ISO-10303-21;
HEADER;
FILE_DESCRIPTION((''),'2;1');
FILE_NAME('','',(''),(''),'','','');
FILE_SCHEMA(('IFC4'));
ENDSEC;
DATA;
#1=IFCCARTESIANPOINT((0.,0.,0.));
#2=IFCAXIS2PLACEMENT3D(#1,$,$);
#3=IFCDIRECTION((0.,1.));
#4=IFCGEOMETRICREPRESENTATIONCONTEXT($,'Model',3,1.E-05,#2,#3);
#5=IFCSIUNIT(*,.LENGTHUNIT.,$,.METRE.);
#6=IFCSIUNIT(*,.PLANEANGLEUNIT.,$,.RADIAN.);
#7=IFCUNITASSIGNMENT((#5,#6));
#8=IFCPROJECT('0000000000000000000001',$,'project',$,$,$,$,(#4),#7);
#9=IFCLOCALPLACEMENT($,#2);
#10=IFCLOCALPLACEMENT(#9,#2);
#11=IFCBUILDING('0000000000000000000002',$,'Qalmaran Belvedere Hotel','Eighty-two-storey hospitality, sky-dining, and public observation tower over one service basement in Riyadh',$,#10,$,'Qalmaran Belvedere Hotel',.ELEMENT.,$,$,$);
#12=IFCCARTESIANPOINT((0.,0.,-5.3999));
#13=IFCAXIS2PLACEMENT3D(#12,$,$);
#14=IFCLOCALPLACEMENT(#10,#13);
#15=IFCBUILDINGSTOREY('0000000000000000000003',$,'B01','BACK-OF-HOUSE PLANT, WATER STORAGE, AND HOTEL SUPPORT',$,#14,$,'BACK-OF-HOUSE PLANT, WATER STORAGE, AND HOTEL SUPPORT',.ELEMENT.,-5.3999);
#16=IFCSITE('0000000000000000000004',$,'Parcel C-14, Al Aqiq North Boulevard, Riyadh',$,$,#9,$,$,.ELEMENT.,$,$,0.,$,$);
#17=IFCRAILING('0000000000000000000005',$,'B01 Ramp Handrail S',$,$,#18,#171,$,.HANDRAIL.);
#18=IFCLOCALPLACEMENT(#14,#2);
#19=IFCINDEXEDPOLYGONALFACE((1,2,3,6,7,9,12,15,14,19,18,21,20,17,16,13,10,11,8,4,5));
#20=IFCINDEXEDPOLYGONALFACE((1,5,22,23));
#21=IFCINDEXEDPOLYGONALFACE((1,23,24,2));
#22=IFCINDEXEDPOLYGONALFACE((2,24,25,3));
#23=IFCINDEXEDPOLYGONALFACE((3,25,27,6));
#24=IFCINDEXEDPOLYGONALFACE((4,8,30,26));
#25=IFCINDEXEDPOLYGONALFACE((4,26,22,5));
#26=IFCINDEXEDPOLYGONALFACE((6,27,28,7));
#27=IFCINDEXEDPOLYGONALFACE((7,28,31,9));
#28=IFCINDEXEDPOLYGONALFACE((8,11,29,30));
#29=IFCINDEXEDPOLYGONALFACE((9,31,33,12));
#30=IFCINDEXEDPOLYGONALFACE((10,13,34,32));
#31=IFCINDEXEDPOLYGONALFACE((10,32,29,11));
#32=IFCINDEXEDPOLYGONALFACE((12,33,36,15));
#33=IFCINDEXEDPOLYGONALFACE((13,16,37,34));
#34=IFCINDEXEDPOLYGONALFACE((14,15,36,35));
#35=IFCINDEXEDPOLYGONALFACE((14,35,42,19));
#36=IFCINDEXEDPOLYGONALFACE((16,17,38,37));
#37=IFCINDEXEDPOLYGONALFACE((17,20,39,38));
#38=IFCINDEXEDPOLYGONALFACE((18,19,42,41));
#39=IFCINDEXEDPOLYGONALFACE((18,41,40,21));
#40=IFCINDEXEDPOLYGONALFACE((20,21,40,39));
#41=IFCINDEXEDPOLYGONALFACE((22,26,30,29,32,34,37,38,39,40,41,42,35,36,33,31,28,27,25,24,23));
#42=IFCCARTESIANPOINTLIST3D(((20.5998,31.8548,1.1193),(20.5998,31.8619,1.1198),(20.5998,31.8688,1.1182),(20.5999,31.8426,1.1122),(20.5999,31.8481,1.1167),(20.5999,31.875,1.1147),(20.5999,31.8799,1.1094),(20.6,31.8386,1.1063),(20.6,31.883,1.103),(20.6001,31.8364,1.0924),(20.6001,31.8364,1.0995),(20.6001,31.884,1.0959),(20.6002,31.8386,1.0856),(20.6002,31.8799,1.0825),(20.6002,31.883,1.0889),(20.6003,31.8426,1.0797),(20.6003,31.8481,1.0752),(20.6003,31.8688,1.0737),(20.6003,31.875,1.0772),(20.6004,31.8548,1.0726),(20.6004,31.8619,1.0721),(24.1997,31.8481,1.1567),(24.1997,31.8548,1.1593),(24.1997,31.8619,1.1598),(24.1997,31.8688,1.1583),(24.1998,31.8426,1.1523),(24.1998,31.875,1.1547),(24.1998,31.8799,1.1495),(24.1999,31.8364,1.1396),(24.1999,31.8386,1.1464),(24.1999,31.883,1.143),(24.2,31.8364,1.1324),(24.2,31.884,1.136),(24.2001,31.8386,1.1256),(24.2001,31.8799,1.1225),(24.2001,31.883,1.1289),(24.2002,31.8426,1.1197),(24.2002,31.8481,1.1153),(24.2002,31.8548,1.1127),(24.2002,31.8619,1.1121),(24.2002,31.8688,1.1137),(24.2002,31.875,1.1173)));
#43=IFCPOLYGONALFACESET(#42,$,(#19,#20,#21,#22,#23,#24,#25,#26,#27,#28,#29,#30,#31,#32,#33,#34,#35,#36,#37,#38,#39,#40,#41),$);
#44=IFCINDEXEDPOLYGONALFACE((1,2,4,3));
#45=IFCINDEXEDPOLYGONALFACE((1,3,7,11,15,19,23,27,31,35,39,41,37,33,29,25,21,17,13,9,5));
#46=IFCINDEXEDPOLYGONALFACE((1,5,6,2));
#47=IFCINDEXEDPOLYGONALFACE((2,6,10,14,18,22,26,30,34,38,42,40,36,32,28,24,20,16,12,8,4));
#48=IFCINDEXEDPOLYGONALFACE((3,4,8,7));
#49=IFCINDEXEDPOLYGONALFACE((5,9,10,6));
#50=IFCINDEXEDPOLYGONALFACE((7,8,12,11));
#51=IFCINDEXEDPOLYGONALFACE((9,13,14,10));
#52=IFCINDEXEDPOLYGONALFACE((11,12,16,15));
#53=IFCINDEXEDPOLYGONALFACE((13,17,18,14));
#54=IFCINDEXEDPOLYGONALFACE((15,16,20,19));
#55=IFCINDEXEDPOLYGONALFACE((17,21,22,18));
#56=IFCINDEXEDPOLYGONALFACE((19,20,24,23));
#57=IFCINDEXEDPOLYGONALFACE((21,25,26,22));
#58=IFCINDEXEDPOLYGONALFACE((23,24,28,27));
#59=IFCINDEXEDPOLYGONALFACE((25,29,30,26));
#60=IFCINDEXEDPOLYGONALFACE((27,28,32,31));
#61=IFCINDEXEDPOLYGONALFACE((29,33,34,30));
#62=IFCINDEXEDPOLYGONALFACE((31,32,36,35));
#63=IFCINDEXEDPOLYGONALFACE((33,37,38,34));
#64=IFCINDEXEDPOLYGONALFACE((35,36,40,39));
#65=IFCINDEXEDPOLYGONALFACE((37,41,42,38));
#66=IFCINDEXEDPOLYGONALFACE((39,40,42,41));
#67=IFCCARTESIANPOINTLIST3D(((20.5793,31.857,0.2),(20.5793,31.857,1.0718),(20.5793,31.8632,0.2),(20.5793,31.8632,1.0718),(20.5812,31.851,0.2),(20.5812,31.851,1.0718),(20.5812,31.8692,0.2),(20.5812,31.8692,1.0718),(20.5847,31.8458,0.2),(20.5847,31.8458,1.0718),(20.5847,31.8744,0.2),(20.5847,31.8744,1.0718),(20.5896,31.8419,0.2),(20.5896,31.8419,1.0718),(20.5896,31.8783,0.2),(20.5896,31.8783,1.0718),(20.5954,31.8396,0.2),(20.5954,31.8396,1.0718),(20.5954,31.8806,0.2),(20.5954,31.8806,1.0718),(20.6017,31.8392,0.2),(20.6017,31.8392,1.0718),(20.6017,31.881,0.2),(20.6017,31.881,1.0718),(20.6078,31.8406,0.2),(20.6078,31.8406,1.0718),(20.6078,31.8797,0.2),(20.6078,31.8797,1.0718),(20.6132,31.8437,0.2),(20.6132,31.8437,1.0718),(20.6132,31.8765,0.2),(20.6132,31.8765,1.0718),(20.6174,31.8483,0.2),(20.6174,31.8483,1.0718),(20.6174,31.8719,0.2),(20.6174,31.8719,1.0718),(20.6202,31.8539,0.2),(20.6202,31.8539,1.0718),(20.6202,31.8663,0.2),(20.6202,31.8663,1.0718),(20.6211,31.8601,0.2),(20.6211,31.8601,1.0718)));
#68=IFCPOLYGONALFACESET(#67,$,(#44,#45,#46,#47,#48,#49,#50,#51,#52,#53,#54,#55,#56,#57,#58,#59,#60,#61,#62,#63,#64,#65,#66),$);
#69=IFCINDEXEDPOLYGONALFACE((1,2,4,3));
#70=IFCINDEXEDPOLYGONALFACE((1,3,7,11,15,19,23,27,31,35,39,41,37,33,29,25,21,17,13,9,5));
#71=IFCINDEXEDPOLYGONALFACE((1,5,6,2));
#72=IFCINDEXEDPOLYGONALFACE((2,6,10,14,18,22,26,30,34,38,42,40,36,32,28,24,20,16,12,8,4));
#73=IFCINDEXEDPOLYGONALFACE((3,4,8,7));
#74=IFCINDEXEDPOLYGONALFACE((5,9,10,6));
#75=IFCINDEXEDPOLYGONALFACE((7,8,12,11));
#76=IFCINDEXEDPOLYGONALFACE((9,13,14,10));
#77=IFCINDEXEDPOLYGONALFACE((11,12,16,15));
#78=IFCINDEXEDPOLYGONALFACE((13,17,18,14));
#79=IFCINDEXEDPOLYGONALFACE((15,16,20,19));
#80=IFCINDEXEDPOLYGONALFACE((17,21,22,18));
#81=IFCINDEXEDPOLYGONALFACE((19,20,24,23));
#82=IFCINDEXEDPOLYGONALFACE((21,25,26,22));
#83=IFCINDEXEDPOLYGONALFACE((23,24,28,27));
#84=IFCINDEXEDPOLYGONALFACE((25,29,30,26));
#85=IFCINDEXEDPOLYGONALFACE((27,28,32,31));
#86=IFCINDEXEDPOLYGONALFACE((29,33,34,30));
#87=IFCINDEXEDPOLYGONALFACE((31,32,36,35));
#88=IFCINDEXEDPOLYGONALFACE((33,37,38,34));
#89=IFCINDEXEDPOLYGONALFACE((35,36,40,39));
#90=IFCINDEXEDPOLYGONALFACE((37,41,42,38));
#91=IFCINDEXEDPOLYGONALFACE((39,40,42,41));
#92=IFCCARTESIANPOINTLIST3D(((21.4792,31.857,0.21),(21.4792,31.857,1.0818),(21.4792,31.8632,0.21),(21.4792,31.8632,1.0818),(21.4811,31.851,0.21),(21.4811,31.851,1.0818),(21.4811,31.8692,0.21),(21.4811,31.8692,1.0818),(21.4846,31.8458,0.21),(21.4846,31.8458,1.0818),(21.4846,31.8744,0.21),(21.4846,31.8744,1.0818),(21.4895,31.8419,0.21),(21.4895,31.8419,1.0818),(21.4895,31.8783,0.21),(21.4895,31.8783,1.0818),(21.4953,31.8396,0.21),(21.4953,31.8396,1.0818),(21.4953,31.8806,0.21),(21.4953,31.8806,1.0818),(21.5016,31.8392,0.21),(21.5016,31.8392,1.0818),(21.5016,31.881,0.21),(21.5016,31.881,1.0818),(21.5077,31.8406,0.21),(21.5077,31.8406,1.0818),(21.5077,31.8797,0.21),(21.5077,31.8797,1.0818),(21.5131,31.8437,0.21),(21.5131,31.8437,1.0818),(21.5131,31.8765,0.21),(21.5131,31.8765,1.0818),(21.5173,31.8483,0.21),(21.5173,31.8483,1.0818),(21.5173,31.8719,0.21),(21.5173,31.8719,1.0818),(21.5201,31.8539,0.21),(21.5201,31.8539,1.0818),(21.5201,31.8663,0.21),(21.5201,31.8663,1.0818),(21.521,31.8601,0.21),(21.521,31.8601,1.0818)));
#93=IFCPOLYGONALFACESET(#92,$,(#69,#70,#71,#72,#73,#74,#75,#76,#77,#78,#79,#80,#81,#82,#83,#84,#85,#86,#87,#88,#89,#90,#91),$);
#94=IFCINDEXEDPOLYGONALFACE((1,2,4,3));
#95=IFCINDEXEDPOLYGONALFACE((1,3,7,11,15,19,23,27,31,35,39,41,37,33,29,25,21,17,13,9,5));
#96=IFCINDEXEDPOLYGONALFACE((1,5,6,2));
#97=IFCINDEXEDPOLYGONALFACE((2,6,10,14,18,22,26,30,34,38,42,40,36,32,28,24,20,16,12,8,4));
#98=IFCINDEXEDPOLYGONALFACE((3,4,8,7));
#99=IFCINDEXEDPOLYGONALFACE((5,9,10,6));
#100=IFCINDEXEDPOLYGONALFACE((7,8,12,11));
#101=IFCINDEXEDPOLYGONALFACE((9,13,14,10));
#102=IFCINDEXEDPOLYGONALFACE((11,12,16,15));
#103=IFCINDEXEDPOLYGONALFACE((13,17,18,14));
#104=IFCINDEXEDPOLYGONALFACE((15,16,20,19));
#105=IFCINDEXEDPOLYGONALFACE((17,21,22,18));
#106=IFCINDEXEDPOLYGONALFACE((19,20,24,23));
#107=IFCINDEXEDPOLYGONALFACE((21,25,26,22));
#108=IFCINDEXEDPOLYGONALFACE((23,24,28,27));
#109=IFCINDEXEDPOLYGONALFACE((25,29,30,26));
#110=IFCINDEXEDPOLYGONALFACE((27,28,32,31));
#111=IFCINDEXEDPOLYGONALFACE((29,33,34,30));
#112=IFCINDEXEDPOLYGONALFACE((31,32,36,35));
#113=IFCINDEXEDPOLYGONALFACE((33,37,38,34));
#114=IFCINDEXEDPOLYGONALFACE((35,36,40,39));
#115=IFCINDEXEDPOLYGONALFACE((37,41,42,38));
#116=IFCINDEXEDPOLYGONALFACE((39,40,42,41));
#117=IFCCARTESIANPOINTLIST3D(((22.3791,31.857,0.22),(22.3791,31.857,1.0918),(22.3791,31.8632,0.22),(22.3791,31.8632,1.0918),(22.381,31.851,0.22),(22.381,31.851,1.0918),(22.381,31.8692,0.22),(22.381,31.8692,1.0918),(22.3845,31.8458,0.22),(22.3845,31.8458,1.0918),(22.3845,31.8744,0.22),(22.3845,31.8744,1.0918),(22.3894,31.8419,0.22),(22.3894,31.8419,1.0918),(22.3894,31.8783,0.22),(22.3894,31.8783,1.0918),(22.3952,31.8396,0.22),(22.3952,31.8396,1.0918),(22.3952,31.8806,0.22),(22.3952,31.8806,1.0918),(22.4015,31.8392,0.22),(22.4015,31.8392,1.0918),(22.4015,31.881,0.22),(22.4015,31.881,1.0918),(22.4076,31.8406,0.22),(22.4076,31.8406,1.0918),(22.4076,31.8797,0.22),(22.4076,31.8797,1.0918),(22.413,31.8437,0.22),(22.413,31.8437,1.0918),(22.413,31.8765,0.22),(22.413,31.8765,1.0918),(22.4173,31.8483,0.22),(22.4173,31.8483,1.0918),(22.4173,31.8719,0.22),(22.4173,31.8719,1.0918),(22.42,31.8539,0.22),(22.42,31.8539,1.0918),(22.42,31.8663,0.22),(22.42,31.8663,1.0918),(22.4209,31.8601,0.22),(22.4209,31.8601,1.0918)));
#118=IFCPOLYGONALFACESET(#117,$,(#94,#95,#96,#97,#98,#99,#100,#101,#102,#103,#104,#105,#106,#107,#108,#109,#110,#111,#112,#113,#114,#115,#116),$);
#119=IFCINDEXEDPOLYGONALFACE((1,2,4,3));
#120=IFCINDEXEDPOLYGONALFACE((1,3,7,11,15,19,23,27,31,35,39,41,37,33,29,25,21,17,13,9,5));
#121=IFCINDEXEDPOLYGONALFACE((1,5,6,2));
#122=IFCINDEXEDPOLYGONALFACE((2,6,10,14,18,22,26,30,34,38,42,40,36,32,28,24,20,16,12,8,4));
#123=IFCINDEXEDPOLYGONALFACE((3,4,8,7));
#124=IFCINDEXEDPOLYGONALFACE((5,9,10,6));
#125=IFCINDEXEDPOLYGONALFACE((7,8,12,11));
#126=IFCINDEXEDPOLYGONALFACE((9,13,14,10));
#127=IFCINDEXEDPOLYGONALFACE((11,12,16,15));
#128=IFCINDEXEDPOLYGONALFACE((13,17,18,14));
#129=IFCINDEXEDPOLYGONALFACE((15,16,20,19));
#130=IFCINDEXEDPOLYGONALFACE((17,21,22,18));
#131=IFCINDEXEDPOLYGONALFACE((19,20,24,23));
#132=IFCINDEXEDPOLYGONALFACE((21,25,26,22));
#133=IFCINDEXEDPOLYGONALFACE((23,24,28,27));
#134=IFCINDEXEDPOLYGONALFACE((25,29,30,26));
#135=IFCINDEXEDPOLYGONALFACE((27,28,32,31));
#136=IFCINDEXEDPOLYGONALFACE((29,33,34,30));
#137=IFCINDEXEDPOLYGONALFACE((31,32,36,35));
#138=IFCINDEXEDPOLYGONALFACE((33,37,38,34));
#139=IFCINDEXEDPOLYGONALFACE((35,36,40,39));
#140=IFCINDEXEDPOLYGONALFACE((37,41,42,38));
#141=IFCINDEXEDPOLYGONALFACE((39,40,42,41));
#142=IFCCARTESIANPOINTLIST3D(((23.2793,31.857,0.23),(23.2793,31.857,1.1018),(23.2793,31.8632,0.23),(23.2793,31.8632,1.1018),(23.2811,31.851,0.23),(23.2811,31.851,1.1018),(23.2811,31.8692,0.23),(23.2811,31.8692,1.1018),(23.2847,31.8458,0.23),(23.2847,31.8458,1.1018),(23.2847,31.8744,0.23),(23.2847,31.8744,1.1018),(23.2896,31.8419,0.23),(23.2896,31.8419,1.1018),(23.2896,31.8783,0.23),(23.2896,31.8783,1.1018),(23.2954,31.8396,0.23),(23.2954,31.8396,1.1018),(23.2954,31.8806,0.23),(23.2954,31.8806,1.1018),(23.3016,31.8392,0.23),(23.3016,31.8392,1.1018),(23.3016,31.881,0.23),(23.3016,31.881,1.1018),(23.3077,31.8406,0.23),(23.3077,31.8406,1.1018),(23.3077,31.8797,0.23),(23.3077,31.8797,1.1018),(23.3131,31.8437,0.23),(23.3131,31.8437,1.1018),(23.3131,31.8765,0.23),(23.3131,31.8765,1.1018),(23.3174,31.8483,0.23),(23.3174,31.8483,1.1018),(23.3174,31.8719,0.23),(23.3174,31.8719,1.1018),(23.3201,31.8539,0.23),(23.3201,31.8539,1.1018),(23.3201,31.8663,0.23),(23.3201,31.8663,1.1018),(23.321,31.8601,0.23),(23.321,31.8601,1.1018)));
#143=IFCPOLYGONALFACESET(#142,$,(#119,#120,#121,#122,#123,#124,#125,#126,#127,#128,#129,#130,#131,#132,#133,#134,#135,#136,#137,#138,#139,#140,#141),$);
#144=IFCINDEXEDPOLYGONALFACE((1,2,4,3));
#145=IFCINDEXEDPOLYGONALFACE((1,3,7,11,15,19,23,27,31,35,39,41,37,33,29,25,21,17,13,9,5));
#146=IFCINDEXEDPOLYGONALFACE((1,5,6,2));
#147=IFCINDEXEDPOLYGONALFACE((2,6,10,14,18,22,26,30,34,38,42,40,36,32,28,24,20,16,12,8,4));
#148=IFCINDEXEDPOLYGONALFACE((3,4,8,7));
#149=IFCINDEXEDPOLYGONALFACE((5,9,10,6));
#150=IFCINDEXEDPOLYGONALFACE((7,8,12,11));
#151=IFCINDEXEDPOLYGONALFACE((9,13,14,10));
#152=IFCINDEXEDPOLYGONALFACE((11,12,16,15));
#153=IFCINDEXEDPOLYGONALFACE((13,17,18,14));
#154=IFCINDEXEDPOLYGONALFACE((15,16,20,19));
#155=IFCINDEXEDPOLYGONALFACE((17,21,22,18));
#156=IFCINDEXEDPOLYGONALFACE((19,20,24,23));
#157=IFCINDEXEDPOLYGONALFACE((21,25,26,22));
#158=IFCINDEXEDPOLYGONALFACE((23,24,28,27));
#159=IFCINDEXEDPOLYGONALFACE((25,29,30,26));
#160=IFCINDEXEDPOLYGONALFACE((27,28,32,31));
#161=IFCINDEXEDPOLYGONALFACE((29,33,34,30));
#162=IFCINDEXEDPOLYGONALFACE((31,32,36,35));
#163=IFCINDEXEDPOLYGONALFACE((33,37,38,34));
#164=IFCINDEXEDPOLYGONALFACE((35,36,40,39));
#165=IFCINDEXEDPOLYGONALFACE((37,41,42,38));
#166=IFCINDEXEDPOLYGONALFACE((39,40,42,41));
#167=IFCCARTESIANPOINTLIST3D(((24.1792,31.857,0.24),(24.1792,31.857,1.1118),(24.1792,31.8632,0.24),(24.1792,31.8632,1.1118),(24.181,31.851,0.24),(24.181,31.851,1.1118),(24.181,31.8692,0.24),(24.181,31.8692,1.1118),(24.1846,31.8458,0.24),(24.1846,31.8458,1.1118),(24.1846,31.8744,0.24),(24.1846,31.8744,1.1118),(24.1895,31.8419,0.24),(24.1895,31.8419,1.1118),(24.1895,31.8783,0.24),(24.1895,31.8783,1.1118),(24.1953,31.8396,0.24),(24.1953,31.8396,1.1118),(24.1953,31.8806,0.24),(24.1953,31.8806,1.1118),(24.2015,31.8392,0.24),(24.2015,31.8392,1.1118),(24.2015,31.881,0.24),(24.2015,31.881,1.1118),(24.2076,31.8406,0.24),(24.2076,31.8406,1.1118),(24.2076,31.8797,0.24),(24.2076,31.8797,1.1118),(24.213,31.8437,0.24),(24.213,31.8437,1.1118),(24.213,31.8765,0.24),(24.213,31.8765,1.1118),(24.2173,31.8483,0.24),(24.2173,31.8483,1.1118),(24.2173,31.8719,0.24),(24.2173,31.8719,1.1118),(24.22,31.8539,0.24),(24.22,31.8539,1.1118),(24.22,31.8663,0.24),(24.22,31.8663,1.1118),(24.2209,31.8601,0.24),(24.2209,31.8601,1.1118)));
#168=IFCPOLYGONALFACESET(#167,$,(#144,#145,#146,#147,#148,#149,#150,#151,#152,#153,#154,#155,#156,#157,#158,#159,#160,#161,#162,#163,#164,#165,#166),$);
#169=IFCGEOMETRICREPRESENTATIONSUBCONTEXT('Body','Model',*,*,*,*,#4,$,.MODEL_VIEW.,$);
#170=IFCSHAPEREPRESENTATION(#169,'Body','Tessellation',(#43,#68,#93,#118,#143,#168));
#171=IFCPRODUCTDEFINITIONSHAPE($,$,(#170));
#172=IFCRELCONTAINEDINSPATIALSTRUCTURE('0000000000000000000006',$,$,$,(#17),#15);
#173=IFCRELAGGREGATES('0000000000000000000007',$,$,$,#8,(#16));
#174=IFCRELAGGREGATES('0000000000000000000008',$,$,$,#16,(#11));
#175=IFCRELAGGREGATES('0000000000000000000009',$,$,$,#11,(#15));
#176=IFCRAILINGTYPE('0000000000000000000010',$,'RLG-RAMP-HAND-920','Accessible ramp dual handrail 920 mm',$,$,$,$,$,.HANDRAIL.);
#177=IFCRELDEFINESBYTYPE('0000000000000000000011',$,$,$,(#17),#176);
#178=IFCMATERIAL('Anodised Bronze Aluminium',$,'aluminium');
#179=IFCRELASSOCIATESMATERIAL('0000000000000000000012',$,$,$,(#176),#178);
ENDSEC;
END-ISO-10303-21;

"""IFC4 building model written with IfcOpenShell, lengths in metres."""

from ifc_helpers import new_model, si_unit, direction, frame, origin, origin_2d, place, context, subcontext, project, spatial, circle, extrude, material, type_object, element, save


model = new_model("IFC4")

# Units and contexts
model_context = context("Model", 3, precision=1e-05, world=origin(), true_north=direction((0.0, 1.0)))
body_context = subcontext(model_context, "Body", "Model", "MODEL_VIEW")
ifc_project = project(units=[si_unit("LENGTHUNIT", "METRE"), si_unit("PLANEANGLEUNIT", "RADIAN")], contexts=[model_context])

# Site, building, storey
site_placement = place(None, origin())
site = spatial("IfcSite", under=ifc_project, at=site_placement, Name="Parcel C-14, Al Aqiq North Boulevard, Riyadh", CompositionType="ELEMENT", RefElevation=0.0)
building_placement = place(site_placement, origin())
building = spatial("IfcBuilding", under=site, at=building_placement, Name="Qalmaran Belvedere Hotel", Description="Eighty-two-storey hospitality, sky-dining, and public observation tower over one service basement in Riyadh", LongName="Qalmaran Belvedere Hotel", CompositionType="ELEMENT")
storey_placement = place(building_placement, frame((0.0, 0.0, -5.3999)))
storey = spatial("IfcBuildingStorey", under=building, at=storey_placement, Name="B01", Description="BACK-OF-HOUSE PLANT, WATER STORAGE, AND HOTEL SUPPORT", LongName="BACK-OF-HOUSE PLANT, WATER STORAGE, AND HOTEL SUPPORT", CompositionType="ELEMENT", Elevation=-5.3999)

# Railing
ifc_material_1 = material(Name="Anodised Bronze Aluminium", Category="aluminium")
railing_type = type_object("IfcRailingType", Name="RLG-RAMP-HAND-920", Description="Accessible ramp dual handrail 920 mm", PredefinedType="HANDRAIL", material=ifc_material_1)
for number, where, name in (
    (1, (20.6001, 31.8601, 0.2), "B01 Ramp Handrail S"),
):
    element("IfcRailing", number, at=place(storey_placement, frame(where)), inside=storey, type_object=railing_type, Name=name, PredefinedType="HANDRAIL", context=body_context, shape_type="SweptSolid", body=[
        extrude(circle(Radius=0.0239, at=origin_2d()), frame((0.0, 0.0, 0.896), z_axis=(0.999938, 0.0, 0.011122), x_axis=(0.0, 1.0, 0.0)), (0.0, 0.0, 1.0), 3.6001),
        extrude(circle(Radius=0.021, at=origin_2d()), origin(), (0.0, 0.0, 1.0), 0.8718),
        extrude(circle(Radius=0.021, at=origin_2d()), frame((0.8999, 0.0, 0.01)), (0.0, 0.0, 1.0), 0.8718),
        extrude(circle(Radius=0.021, at=origin_2d()), frame((1.7998, 0.0, 0.02)), (0.0, 0.0, 1.0), 0.8718),
        extrude(circle(Radius=0.021, at=origin_2d()), frame((2.7, 0.0, 0.03)), (0.0, 0.0, 1.0), 0.8718),
        extrude(circle(Radius=0.021, at=origin_2d()), frame((3.5999, 0.0, 0.04)), (0.0, 0.0, 1.0), 0.8718),
    ])

save(model, "model.ifc")
